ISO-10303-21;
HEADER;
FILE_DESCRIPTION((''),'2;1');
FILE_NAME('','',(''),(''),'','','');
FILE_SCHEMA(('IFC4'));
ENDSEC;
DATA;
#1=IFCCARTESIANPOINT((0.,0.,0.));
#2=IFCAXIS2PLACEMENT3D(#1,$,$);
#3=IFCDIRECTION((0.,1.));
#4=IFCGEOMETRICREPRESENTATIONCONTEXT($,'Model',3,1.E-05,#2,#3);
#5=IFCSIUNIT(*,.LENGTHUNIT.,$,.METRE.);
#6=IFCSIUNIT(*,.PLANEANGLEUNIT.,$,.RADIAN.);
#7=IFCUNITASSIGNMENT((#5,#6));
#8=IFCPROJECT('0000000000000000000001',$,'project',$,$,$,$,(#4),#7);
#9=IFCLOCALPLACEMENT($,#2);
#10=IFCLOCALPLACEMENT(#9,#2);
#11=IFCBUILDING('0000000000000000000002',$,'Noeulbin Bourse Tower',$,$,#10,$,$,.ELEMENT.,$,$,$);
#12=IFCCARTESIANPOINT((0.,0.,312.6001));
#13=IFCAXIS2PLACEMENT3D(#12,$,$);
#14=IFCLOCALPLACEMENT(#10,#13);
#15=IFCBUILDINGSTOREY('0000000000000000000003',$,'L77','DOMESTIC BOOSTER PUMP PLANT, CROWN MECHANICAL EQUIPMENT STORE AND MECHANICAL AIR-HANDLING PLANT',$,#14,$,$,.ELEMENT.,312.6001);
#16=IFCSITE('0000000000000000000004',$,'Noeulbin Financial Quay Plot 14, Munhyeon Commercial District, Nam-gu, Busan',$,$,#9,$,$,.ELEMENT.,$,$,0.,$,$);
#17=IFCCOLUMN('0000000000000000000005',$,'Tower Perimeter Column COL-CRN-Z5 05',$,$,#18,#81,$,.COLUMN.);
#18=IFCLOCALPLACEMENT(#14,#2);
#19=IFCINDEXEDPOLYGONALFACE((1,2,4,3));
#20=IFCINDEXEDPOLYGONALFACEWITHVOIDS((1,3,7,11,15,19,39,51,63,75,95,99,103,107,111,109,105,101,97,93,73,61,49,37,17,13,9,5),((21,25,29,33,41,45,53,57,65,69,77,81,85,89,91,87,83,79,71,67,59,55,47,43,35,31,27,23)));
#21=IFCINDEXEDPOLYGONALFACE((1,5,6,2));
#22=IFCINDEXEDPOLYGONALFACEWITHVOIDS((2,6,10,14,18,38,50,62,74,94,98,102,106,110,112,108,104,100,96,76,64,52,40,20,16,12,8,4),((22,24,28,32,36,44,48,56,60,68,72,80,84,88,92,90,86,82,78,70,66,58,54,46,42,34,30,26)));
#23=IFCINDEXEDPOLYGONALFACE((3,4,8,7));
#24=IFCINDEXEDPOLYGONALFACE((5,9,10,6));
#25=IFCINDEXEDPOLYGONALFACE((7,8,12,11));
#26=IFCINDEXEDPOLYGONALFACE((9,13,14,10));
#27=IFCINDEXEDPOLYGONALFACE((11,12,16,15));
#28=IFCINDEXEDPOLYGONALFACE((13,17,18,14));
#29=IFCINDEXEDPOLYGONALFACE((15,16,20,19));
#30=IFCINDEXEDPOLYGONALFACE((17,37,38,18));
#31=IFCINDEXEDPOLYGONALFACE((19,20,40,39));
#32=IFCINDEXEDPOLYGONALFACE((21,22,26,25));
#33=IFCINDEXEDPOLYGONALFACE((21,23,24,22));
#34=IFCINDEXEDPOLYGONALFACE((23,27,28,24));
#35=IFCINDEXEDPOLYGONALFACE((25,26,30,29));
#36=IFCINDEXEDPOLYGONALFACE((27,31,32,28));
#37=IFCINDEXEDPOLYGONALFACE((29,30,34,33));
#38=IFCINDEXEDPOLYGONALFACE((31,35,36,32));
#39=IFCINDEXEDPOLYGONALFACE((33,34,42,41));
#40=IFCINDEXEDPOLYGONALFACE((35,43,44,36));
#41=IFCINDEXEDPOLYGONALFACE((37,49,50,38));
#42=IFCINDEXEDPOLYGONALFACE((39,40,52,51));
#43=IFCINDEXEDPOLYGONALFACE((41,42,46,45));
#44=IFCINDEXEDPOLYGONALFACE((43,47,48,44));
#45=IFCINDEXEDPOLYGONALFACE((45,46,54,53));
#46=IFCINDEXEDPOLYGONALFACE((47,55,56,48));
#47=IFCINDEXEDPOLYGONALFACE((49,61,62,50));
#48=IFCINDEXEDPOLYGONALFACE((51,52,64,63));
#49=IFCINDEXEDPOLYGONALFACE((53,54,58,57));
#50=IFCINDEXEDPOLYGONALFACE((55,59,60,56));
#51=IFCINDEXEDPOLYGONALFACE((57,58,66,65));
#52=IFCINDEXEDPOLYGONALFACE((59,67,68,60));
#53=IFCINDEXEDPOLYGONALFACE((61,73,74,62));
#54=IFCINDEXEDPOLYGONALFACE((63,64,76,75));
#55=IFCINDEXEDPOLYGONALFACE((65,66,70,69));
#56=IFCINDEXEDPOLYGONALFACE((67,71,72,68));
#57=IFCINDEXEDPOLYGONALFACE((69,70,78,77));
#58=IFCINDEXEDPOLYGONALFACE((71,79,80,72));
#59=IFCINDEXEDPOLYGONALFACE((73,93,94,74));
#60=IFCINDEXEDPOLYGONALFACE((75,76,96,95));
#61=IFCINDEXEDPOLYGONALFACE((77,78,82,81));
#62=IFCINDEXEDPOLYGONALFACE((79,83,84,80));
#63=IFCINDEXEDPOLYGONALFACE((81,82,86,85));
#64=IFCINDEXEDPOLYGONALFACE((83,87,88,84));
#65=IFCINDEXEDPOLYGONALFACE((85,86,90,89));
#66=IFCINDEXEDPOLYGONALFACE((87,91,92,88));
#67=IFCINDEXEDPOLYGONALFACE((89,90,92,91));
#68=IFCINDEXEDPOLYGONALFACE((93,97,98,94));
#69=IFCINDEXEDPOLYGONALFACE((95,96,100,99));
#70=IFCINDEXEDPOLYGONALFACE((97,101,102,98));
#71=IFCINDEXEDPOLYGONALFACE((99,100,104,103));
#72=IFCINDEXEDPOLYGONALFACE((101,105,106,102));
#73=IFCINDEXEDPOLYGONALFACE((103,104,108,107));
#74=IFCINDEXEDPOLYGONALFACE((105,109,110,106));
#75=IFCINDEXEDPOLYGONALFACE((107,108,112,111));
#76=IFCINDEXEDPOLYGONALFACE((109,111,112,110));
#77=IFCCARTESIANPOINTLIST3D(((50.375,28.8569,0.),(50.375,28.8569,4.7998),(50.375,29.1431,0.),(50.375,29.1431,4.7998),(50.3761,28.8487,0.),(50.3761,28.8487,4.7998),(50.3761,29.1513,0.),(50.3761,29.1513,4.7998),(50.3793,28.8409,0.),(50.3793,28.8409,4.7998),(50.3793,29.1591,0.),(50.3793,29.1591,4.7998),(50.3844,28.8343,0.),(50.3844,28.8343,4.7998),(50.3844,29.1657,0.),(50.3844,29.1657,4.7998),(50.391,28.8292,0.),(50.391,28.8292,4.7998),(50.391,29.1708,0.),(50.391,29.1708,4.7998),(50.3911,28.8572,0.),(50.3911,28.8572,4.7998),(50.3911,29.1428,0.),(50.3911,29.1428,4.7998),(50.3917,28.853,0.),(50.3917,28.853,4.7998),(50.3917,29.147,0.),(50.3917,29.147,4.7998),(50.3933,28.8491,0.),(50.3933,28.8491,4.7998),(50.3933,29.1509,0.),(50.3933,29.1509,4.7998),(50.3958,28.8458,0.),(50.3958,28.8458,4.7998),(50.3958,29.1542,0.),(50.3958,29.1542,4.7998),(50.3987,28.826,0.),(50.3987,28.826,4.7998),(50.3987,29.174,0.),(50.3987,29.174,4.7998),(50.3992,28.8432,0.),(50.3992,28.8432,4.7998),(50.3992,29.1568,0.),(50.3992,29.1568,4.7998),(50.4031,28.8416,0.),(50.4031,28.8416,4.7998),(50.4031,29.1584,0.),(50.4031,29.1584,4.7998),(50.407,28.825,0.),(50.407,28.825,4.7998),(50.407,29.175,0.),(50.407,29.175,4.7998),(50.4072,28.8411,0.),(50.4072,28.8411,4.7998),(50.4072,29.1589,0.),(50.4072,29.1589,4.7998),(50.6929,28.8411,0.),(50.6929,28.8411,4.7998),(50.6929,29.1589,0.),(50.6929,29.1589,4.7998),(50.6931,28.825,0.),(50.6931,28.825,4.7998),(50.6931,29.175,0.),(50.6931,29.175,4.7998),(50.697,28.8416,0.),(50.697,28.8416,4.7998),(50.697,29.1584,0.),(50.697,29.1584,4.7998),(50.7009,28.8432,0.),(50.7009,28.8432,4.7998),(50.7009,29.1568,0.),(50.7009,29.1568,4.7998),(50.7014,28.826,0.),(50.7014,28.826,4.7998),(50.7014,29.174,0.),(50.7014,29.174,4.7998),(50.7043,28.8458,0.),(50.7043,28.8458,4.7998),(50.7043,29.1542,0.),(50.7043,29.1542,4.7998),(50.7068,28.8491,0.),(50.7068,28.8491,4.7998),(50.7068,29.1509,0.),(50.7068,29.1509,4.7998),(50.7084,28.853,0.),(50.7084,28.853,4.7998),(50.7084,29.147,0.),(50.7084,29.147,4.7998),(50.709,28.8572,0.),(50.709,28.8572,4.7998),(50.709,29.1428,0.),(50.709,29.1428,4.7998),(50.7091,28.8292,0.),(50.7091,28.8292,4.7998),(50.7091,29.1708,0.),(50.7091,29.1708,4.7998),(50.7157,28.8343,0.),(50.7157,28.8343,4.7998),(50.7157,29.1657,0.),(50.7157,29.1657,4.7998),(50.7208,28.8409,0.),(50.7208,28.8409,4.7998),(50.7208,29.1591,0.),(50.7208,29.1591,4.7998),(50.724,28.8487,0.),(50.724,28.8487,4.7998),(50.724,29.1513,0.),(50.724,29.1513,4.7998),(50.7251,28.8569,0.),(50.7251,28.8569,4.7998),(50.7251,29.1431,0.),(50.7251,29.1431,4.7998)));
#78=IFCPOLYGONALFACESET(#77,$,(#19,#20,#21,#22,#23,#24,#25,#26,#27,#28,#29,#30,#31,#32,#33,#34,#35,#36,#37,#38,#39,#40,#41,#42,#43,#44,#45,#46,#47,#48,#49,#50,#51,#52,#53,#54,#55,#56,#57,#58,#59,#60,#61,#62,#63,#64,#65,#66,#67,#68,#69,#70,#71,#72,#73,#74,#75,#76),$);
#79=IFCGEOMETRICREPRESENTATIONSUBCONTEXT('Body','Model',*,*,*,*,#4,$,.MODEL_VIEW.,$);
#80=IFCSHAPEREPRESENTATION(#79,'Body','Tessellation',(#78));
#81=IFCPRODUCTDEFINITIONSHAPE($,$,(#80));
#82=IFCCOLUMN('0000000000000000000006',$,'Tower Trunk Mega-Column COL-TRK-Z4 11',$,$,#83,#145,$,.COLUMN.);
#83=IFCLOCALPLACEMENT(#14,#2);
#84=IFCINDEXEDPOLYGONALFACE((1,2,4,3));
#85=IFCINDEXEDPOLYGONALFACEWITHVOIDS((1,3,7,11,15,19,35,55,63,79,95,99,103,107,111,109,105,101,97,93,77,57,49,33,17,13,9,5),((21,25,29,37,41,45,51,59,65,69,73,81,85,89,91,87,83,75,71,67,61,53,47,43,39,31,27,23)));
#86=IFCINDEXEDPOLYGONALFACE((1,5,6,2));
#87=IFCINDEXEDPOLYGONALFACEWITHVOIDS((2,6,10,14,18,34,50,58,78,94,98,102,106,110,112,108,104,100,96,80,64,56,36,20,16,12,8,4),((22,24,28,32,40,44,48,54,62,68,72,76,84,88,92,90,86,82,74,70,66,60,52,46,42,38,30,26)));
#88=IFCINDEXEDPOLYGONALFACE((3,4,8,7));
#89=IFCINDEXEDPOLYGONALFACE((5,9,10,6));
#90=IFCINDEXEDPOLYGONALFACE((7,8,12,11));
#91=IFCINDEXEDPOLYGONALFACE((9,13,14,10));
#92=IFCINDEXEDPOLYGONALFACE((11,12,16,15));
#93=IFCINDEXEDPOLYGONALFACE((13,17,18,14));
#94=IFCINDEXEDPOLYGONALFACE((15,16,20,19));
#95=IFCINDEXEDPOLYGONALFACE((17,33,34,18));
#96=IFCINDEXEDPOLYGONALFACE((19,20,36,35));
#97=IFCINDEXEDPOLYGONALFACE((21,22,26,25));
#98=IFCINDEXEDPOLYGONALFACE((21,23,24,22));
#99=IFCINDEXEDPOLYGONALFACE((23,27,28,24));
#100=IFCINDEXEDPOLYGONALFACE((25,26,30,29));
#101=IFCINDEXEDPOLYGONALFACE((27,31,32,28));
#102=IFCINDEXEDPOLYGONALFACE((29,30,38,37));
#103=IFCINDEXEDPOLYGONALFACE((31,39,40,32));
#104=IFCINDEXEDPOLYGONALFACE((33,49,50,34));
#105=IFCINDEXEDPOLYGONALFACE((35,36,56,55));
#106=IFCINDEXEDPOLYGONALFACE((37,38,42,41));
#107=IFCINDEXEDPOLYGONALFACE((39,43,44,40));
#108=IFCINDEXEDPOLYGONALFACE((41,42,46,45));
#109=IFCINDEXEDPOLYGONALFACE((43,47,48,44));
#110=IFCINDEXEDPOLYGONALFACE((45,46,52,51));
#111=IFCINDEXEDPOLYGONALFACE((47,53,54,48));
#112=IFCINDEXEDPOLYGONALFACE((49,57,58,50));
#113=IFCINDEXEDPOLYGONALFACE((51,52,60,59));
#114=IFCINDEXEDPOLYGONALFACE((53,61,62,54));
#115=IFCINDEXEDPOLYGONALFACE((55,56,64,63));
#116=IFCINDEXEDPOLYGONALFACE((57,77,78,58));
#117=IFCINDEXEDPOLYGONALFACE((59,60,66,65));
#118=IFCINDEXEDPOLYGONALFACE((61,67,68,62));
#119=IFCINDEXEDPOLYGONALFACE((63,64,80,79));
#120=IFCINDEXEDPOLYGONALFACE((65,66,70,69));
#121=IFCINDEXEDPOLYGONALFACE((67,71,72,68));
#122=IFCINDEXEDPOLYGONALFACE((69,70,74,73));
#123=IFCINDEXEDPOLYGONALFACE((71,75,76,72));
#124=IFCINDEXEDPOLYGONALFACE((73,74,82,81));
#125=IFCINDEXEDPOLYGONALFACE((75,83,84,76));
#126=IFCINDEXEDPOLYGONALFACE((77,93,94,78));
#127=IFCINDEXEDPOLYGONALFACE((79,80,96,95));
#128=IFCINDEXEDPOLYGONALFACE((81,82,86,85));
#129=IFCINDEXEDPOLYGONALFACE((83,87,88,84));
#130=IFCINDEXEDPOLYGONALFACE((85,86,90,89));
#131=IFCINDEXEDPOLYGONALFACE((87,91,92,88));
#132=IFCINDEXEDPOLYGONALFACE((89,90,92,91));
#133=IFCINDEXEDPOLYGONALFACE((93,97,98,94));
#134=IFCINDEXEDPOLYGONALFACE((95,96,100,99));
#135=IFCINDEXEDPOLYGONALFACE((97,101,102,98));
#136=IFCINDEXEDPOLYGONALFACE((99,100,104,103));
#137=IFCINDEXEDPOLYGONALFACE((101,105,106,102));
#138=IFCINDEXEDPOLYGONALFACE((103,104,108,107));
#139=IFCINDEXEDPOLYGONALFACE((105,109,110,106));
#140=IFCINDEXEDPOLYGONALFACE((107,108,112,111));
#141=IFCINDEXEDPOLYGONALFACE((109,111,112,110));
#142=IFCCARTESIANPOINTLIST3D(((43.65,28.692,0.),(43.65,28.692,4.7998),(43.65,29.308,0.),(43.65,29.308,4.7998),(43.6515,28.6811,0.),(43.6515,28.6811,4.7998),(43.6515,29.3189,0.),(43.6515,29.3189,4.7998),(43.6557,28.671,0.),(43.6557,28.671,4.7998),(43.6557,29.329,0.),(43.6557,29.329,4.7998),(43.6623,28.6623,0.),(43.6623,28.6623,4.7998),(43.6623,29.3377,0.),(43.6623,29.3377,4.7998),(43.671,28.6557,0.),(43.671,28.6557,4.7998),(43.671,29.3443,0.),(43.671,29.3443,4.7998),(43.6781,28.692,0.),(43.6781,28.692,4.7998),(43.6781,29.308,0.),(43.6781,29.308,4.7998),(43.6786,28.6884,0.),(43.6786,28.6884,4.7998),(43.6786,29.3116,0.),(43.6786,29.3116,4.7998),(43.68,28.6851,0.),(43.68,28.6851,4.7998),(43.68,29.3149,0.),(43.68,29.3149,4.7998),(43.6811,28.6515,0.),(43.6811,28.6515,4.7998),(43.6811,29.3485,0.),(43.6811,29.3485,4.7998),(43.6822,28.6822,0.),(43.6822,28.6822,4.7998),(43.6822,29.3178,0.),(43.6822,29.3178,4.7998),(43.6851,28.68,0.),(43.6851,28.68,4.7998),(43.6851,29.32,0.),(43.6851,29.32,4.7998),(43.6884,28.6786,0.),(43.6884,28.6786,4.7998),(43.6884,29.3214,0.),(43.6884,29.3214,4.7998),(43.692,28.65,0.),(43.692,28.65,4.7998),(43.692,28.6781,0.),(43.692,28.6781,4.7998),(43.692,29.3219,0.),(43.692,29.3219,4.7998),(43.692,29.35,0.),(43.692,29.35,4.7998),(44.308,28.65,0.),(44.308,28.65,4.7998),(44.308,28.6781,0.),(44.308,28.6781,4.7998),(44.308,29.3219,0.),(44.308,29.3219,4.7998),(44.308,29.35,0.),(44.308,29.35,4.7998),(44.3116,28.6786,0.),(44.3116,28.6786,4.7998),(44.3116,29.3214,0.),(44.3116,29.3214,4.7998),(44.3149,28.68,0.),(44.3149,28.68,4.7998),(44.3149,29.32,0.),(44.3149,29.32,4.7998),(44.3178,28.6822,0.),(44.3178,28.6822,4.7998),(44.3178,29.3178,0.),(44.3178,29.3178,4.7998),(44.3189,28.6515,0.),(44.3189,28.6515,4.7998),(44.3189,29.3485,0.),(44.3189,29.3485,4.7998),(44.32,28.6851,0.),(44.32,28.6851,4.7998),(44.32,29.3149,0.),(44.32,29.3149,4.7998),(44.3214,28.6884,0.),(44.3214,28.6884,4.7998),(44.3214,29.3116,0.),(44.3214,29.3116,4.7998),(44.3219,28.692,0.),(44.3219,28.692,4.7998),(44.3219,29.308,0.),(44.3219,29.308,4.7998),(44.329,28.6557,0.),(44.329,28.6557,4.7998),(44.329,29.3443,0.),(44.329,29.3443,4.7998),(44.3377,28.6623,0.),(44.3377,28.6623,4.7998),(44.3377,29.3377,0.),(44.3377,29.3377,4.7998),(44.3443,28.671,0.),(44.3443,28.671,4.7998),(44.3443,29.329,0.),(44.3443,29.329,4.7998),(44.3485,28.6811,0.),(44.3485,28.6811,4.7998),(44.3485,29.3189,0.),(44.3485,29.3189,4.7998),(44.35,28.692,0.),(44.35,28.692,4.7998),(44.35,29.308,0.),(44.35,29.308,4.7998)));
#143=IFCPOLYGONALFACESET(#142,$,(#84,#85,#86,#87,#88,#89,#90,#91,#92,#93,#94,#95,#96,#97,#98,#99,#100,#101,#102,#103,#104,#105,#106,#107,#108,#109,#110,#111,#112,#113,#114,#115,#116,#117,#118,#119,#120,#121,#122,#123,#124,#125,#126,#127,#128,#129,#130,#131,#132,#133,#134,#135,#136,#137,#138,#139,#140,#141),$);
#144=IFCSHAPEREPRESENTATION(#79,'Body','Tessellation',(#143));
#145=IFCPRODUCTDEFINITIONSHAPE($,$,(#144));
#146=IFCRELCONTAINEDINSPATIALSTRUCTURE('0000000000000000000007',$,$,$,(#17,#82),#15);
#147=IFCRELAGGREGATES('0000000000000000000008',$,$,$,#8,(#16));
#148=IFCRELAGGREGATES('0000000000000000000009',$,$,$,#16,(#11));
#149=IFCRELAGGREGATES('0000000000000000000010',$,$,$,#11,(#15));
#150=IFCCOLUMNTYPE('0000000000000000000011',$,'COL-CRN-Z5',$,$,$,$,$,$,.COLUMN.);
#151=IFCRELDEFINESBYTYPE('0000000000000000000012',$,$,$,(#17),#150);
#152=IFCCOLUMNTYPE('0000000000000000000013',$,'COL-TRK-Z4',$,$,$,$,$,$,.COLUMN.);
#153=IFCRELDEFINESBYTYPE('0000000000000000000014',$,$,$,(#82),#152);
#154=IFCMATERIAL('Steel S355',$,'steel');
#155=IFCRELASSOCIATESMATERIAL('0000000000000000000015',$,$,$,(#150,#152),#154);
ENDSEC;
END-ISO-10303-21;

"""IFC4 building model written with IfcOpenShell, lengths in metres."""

from ifc_helpers import new_model, si_unit, direction, frame, origin, origin_2d, place, context, subcontext, project, spatial, hollow_rectangle, extrude, material, material_profile, profile_set, type_object, element, save


model = new_model("IFC4")

# Units and contexts
model_context = context("Model", 3, precision=1e-05, world=origin(), true_north=direction((0.0, 1.0)))
body_context = subcontext(model_context, "Body", "Model", "MODEL_VIEW")
ifc_project = project(units=[si_unit("LENGTHUNIT", "METRE"), si_unit("PLANEANGLEUNIT", "RADIAN")], contexts=[model_context])

# Site, building, storey
site_placement = place(None, origin())
site = spatial("IfcSite", under=ifc_project, at=site_placement, Name="Noeulbin Financial Quay Plot 14, Munhyeon Commercial District, Nam-gu, Busan", CompositionType="ELEMENT", RefElevation=0.0)
building_placement = place(site_placement, origin())
building = spatial("IfcBuilding", under=site, at=building_placement, Name="Noeulbin Bourse Tower", CompositionType="ELEMENT")
storey_placement = place(building_placement, frame((0.0, 0.0, 312.6001)))
storey = spatial("IfcBuildingStorey", under=building, at=storey_placement, Name="L77", Description="DOMESTIC BOOSTER PUMP PLANT, CROWN MECHANICAL EQUIPMENT STORE AND MECHANICAL AIR-HANDLING PLANT", CompositionType="ELEMENT", Elevation=312.6001)

# Columns
ifc_material_1 = material(Name="Steel S355", Category="steel")
ifc_material_profile_1 = material_profile(ifc_material_1, hollow_rectangle(XDim=0.3501, YDim=0.3501, WallThickness=0.0161, InnerFilletRadius=0.0161, OuterFilletRadius=0.032, at=origin_2d()), Name="SHS-350x350x16", Category="LoadBearing")
ifc_profile_set_1 = profile_set([ifc_material_profile_1], Name="Steel S355")
column_type_1 = type_object("IfcColumnType", Name="COL-CRN-Z5", PredefinedType="COLUMN", material=ifc_profile_set_1)
column_placement = place(storey_placement, frame((50.55, 29.0, 0.0), z_axis=(0.0, 0.0, 1.0), x_axis=(1.0, 0.0, 0.0)))
element("IfcColumn", 1, at=column_placement, inside=storey, type_object=column_type_1, Name="Tower Perimeter Column COL-CRN-Z5 05", PredefinedType="COLUMN", context=body_context, shape_type="SweptSolid", body=[
    extrude(hollow_rectangle(XDim=0.3501, YDim=0.3501, WallThickness=0.0161, InnerFilletRadius=0.0161, OuterFilletRadius=0.032, at=origin_2d()), origin(), (0.0, 0.0, 1.0), 4.7998),
])
ifc_material_profile_2 = material_profile(ifc_material_1, hollow_rectangle(XDim=0.7, YDim=0.7, WallThickness=0.0281, InnerFilletRadius=0.0139, OuterFilletRadius=0.042, at=origin_2d()), Name="BOX-700x700x28", Category="LoadBearing")
ifc_profile_set_2 = profile_set([ifc_material_profile_2], Name="Steel S355")
column_type_2 = type_object("IfcColumnType", Name="COL-TRK-Z4", PredefinedType="COLUMN", material=ifc_profile_set_2)
for number, where, z_axis, x_axis, name in (
    (2, (44.0, 29.0, 0.0), (0.0, 0.0, 1.0), (1.0, 0.0, 0.0), "Tower Trunk Mega-Column COL-TRK-Z4 11"),
):
    element("IfcColumn", number, at=place(storey_placement, frame(where, z_axis=z_axis, x_axis=x_axis)), inside=storey, type_object=column_type_2, Name=name, PredefinedType="COLUMN", context=body_context, shape_type="SweptSolid", body=[
        extrude(hollow_rectangle(XDim=0.7, YDim=0.7, WallThickness=0.0281, InnerFilletRadius=0.0139, OuterFilletRadius=0.042, at=origin_2d()), origin(), (0.0, 0.0, 1.0), 4.7998),
    ])

save(model, "model.ifc")
